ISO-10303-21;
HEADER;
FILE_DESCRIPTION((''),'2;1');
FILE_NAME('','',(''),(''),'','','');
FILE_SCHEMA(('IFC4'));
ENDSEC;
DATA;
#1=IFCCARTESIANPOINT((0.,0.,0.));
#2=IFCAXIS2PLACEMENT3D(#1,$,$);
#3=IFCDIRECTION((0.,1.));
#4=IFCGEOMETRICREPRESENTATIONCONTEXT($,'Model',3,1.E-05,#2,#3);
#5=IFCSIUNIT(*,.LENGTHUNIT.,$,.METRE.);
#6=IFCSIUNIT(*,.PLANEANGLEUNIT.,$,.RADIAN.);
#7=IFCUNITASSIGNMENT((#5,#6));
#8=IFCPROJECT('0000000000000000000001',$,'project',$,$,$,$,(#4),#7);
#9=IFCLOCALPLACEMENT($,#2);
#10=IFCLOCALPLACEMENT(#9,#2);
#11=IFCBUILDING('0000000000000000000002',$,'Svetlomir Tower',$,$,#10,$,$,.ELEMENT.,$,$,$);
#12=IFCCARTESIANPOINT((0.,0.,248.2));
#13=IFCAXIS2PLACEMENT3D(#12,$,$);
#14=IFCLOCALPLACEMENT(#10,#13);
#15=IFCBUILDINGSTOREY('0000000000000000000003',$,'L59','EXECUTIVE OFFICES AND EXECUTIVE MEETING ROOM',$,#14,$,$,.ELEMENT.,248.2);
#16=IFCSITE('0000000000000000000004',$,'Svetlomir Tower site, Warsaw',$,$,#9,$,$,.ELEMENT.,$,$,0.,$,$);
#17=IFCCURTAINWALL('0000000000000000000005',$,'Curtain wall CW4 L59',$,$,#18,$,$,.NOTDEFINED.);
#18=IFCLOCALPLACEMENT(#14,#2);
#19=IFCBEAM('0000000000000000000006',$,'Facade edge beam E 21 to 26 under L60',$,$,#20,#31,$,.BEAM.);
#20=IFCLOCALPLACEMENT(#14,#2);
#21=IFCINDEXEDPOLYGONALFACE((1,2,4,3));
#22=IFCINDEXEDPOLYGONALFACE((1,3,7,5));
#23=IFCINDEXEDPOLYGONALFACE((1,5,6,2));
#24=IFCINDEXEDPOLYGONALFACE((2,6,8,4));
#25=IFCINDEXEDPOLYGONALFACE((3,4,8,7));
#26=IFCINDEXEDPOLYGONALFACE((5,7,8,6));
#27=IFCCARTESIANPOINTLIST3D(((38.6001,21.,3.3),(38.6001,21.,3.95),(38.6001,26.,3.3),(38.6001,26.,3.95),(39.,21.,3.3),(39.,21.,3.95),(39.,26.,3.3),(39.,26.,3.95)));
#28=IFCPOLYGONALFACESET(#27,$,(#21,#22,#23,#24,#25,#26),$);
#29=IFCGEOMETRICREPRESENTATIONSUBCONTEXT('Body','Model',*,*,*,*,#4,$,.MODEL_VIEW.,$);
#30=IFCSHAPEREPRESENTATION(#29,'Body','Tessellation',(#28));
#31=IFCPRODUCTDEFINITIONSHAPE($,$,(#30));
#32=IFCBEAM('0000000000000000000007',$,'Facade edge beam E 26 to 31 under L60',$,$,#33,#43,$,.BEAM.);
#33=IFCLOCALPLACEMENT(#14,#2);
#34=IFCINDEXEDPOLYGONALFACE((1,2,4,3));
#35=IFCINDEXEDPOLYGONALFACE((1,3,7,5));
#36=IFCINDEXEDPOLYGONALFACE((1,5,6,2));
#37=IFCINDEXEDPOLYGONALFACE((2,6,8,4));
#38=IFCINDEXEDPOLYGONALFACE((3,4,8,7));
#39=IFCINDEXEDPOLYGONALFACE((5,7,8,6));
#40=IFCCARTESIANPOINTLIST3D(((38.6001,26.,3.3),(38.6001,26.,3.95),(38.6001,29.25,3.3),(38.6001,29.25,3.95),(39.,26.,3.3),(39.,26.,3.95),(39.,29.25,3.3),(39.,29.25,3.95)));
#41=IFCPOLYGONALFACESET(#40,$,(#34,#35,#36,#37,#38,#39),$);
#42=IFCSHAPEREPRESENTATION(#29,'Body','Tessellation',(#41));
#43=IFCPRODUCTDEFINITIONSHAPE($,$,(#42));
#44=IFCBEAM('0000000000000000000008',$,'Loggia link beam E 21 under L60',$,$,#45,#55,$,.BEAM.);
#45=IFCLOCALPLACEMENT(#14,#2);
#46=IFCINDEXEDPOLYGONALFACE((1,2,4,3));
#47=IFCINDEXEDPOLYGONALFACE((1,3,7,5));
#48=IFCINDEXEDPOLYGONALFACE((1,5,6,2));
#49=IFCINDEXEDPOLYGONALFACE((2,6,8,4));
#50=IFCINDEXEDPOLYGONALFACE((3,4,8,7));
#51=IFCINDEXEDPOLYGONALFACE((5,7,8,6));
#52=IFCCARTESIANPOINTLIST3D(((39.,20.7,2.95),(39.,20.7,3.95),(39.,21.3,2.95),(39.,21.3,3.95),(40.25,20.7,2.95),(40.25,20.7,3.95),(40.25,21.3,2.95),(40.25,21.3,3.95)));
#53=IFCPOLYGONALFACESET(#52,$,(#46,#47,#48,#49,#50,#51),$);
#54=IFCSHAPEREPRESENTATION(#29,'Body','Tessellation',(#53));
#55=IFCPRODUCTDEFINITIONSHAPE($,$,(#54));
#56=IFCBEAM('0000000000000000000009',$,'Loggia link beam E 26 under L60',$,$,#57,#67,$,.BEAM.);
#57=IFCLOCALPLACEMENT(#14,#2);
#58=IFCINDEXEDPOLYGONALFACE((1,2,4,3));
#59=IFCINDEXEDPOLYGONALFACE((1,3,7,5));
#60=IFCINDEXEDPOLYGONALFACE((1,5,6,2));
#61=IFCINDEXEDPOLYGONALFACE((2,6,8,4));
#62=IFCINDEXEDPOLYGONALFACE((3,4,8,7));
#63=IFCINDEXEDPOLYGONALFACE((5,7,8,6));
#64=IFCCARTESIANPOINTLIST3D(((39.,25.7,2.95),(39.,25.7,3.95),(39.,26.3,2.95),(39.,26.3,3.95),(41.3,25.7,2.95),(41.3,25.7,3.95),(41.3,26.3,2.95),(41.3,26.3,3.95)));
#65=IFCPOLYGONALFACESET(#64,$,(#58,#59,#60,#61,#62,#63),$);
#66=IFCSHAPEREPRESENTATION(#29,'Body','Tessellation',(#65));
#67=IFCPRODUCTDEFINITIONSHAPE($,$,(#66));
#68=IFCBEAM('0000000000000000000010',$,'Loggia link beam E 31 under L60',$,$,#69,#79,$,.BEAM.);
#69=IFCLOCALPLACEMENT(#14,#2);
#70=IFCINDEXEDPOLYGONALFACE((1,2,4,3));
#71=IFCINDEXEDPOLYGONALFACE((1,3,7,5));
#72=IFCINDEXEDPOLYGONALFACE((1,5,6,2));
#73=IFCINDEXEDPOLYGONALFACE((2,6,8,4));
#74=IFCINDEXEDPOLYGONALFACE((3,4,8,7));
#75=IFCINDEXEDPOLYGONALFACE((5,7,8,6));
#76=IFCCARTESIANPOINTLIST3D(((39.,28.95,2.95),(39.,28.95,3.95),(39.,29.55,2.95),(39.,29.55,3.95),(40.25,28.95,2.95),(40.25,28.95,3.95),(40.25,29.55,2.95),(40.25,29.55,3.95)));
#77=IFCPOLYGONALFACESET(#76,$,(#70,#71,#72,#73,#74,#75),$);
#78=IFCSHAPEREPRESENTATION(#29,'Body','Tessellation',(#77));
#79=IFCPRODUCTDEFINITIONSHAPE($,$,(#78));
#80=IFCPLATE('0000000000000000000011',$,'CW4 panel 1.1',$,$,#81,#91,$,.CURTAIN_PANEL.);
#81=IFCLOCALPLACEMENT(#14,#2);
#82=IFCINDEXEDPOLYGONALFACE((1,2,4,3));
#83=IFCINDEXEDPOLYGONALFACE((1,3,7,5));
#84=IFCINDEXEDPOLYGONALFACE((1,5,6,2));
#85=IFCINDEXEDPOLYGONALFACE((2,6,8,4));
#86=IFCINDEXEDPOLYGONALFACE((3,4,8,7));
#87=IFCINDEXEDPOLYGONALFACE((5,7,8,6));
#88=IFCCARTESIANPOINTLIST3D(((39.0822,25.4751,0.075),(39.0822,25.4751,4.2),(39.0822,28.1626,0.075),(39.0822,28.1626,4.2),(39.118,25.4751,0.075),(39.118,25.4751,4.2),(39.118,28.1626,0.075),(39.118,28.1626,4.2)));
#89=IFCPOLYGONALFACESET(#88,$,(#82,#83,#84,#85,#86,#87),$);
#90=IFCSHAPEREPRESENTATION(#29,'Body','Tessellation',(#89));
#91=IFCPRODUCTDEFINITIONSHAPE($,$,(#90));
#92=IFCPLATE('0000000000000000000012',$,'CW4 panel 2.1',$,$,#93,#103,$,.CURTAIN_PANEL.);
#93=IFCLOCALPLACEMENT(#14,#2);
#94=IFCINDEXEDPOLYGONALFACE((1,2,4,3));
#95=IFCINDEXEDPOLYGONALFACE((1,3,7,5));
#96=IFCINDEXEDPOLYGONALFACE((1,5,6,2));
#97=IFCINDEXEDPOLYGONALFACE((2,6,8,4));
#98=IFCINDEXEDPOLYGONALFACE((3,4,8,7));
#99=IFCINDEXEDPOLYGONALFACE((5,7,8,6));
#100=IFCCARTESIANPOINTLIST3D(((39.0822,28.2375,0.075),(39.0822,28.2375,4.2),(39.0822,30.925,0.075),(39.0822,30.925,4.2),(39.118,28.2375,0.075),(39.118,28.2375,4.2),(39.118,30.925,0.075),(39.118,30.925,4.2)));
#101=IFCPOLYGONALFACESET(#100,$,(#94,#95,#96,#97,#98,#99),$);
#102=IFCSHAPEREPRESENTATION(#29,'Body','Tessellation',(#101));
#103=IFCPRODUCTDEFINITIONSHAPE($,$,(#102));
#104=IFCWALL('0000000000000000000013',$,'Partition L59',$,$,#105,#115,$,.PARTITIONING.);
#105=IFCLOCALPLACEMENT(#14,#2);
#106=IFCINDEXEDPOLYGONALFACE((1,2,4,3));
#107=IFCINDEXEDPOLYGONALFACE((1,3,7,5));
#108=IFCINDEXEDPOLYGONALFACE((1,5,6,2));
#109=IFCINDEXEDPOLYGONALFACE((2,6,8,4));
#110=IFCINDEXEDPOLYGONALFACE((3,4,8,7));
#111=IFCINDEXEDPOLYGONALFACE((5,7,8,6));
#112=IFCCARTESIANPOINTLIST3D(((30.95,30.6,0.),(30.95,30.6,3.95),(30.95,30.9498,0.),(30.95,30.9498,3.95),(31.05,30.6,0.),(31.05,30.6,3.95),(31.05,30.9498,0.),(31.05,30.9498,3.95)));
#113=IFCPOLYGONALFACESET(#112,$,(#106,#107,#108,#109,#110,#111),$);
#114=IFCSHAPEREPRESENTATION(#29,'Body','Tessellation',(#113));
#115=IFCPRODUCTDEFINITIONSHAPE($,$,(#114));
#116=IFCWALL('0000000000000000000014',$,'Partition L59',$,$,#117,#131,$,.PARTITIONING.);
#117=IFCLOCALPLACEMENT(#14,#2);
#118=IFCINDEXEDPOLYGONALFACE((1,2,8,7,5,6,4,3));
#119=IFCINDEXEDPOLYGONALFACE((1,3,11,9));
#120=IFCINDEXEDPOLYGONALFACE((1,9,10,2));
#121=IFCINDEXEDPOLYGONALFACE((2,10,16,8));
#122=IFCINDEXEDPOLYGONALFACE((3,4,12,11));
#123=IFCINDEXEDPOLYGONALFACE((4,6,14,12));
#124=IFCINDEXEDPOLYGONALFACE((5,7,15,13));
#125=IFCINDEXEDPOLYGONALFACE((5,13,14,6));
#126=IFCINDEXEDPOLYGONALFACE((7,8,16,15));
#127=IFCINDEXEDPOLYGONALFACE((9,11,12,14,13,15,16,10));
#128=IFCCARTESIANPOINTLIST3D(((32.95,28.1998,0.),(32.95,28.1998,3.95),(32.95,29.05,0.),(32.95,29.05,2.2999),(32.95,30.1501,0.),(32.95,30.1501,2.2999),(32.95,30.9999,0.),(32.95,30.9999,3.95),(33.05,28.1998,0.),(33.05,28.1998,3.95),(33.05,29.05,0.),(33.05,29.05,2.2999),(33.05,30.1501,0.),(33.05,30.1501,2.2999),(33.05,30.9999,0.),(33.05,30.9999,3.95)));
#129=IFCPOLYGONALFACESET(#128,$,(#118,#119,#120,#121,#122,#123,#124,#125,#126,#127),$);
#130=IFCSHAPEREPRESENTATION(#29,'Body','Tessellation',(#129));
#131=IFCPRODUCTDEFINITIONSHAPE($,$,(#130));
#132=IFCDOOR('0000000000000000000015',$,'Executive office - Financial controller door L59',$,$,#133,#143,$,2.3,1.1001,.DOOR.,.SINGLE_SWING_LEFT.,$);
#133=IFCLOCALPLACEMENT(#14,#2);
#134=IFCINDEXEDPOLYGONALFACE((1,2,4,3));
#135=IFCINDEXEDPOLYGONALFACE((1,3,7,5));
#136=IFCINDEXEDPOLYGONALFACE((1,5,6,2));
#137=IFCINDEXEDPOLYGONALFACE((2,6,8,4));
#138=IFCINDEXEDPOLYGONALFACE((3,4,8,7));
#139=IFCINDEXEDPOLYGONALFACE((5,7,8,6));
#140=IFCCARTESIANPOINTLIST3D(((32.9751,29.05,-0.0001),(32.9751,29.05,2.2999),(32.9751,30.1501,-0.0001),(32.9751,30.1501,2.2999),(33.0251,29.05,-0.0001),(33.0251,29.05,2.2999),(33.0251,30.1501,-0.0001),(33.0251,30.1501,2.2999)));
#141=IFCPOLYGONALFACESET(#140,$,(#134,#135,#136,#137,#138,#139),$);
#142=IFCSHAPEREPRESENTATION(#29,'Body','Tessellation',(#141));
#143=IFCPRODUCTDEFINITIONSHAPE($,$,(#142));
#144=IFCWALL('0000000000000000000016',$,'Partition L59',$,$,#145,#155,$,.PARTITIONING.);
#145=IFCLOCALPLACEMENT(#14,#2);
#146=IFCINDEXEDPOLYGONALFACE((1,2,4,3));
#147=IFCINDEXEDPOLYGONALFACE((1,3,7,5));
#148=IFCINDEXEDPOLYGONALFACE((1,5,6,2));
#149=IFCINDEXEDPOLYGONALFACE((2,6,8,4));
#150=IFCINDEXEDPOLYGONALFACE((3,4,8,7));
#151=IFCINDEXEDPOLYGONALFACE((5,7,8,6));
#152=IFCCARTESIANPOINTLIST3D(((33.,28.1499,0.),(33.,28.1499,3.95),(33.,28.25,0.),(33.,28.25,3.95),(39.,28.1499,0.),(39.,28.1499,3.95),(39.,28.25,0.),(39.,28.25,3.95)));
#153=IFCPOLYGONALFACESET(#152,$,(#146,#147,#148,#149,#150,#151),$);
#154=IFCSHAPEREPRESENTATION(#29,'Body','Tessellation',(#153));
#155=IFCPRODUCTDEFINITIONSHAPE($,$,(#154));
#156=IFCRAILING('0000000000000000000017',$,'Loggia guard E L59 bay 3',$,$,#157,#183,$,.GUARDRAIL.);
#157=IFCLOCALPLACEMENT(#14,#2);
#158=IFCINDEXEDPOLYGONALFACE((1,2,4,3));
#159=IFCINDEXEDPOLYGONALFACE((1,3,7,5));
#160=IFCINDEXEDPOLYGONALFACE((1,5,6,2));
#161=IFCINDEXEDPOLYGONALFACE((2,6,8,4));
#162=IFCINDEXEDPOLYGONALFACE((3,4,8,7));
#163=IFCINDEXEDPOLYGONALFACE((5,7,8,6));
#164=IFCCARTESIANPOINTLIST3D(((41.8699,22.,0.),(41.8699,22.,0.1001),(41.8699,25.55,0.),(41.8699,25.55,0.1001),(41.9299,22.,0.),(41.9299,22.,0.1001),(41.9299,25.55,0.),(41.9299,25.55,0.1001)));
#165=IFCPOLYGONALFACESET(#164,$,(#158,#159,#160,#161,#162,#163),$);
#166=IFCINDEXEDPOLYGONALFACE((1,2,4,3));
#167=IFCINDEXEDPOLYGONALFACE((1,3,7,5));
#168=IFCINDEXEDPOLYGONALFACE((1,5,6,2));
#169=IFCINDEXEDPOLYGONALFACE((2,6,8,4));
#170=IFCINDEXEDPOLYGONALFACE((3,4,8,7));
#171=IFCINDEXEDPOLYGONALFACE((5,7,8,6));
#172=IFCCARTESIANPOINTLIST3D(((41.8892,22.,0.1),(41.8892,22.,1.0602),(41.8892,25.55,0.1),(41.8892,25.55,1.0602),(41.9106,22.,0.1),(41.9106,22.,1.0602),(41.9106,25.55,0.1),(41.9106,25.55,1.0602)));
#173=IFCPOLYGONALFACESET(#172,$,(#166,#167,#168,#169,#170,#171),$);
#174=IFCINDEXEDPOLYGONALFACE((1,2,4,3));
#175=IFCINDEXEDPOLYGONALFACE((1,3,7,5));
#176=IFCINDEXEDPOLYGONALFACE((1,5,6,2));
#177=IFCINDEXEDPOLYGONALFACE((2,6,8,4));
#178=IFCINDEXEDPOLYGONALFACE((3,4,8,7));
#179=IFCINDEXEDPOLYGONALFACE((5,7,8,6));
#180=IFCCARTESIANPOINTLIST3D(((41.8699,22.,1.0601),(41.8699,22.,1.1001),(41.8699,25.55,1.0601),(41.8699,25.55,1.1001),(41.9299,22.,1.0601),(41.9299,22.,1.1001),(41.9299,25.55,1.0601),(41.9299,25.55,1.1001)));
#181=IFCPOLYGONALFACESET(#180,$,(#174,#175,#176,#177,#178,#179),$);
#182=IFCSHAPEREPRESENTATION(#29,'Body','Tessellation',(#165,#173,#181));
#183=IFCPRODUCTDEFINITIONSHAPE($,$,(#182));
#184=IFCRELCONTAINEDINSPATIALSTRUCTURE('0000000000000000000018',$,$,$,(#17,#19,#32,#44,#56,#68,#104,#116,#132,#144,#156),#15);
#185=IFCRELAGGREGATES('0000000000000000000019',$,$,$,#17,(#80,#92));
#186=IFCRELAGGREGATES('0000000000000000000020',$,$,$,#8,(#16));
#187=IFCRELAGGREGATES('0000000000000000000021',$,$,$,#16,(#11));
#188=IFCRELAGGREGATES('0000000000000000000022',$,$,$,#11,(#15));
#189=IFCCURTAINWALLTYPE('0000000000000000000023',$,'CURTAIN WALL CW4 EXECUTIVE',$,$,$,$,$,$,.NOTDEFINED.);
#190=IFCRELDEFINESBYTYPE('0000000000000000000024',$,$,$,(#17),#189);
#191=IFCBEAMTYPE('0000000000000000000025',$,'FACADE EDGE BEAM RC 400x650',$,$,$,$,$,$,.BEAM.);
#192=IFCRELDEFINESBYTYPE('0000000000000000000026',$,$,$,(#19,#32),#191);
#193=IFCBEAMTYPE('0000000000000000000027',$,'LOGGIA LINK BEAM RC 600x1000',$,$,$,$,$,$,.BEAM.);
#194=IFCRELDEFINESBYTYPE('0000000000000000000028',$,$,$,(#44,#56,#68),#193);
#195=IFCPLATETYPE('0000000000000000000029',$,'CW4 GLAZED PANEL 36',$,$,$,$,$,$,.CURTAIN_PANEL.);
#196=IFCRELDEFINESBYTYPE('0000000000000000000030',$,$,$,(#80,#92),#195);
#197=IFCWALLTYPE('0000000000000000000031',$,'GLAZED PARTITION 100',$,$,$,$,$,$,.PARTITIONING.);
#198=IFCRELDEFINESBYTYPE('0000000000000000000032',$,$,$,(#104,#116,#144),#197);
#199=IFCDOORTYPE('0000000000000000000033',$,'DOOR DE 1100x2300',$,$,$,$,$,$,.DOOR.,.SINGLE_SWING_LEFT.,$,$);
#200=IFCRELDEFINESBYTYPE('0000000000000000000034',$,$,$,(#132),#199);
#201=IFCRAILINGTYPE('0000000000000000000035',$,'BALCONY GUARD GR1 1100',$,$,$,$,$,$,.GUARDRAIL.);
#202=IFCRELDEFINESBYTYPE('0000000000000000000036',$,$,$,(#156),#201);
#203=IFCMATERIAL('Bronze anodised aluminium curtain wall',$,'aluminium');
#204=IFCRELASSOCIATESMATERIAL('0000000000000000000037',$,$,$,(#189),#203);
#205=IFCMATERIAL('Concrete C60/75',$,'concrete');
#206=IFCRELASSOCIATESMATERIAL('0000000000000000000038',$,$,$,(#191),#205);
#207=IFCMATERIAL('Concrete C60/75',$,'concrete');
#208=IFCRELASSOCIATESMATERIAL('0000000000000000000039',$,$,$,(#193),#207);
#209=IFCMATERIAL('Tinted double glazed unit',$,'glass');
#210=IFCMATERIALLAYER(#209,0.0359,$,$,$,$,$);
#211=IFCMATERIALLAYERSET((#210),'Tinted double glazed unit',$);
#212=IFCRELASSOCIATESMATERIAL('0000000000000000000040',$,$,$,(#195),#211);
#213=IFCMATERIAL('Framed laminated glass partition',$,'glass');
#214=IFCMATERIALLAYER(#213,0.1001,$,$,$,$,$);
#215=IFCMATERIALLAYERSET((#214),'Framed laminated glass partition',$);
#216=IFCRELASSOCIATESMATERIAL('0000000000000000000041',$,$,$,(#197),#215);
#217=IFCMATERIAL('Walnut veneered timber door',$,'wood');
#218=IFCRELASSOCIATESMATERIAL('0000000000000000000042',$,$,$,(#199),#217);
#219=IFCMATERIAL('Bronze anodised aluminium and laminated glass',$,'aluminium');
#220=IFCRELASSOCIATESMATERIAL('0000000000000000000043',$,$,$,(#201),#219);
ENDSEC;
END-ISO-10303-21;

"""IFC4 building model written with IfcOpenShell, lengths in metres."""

from ifc_helpers import new_model, si_unit, direction, frame, frame_2d, origin, origin_2d, place, context, subcontext, project, spatial, rectangle, extrude, material, layer, layer_set, material_profile, profile_set, type_object, element, fill, aggregate, save


model = new_model("IFC4")

# Units and contexts
model_context = context("Model", 3, precision=1e-05, world=origin(), true_north=direction((0.0, 1.0)))
body_context = subcontext(model_context, "Body", "Model", "MODEL_VIEW")
ifc_project = project(units=[si_unit("LENGTHUNIT", "METRE"), si_unit("PLANEANGLEUNIT", "RADIAN")], contexts=[model_context])

# Site, building, storey
site_placement = place(None, origin())
site = spatial("IfcSite", under=ifc_project, at=site_placement, Name="Svetlomir Tower site, Warsaw", CompositionType="ELEMENT", RefElevation=0.0)
building_placement = place(site_placement, origin())
building = spatial("IfcBuilding", under=site, at=building_placement, Name="Svetlomir Tower", CompositionType="ELEMENT")
storey_placement = place(building_placement, frame((0.0, 0.0, 248.2)))
storey = spatial("IfcBuildingStorey", under=building, at=storey_placement, Name="L59", Description="EXECUTIVE OFFICES AND EXECUTIVE MEETING ROOM", CompositionType="ELEMENT", Elevation=248.2)

# Curtain wall
ifc_material_1 = material(Name="Bronze anodised aluminium curtain wall", Category="aluminium")
curtain_wall_type = type_object("IfcCurtainWallType", Name="CURTAIN WALL CW4 EXECUTIVE", PredefinedType="NOTDEFINED", material=ifc_material_1)
curtain_wall_1_placement = place(storey_placement, origin())
curtain_wall_1 = element("IfcCurtainWall", 1, at=curtain_wall_1_placement, inside=storey, type_object=curtain_wall_type, Name="Curtain wall CW4 L59", PredefinedType="NOTDEFINED")

# Beams
ifc_material_2 = material(Name="Concrete C60/75", Category="concrete")
ifc_material_profile_1 = material_profile(ifc_material_2, rectangle(XDim=0.3999, YDim=0.6499, at=origin_2d()), Name="RC 400x650")
ifc_profile_set_1 = profile_set([ifc_material_profile_1], Name="Concrete C60/75")
beam_type_1 = type_object("IfcBeamType", Name="FACADE EDGE BEAM RC 400x650", PredefinedType="BEAM", material=ifc_profile_set_1)
beam_1_placement = place(storey_placement, frame((38.8, 21.0, 3.625), z_axis=(0.0, 1.0, 0.0), x_axis=(-1.0, 0.0, 0.0)))
element("IfcBeam", 2, at=beam_1_placement, inside=storey, type_object=beam_type_1, Name="Facade edge beam E 21 to 26 under L60", PredefinedType="BEAM", context=body_context, shape_type="SweptSolid", body=[
    extrude(rectangle(XDim=0.3999, YDim=0.6499, at=origin_2d()), origin(), (0.0, 0.0, 1.0), 5.0),
])
beam_2_placement = place(storey_placement, frame((38.8, 26.0, 3.625), z_axis=(0.0, 1.0, 0.0), x_axis=(-1.0, 0.0, 0.0)))
element("IfcBeam", 3, at=beam_2_placement, inside=storey, type_object=beam_type_1, Name="Facade edge beam E 26 to 31 under L60", PredefinedType="BEAM", context=body_context, shape_type="SweptSolid", body=[
    extrude(rectangle(XDim=0.3999, YDim=0.6499, at=origin_2d()), origin(), (0.0, 0.0, 1.0), 3.25),
])
ifc_material_3 = material(Name="Concrete C60/75", Category="concrete")
ifc_material_profile_2 = material_profile(ifc_material_3, rectangle(XDim=0.6001, YDim=1.0, at=origin_2d()), Name="RC 600x1000")
ifc_profile_set_2 = profile_set([ifc_material_profile_2], Name="Concrete C60/75")
beam_type_2 = type_object("IfcBeamType", Name="LOGGIA LINK BEAM RC 600x1000", PredefinedType="BEAM", material=ifc_profile_set_2)
beam_3_placement = place(storey_placement, frame((40.25, 21.0, 3.45), z_axis=(-1.0, 0.0, 0.0), x_axis=(0.0, -1.0, 0.0)))
element("IfcBeam", 4, at=beam_3_placement, inside=storey, type_object=beam_type_2, Name="Loggia link beam E 21 under L60", PredefinedType="BEAM", context=body_context, shape_type="SweptSolid", body=[
    extrude(rectangle(XDim=0.6001, YDim=1.0, at=origin_2d()), origin(), (0.0, 0.0, 1.0), 1.25),
])
beam_4_placement = place(storey_placement, frame((41.3, 26.0, 3.45), z_axis=(-1.0, 0.0, 0.0), x_axis=(0.0, -1.0, 0.0)))
element("IfcBeam", 5, at=beam_4_placement, inside=storey, type_object=beam_type_2, Name="Loggia link beam E 26 under L60", PredefinedType="BEAM", context=body_context, shape_type="SweptSolid", body=[
    extrude(rectangle(XDim=0.6001, YDim=1.0, at=origin_2d()), origin(), (0.0, 0.0, 1.0), 2.3),
])
beam_5_placement = place(storey_placement, frame((40.25, 29.25, 3.45), z_axis=(-1.0, 0.0, 0.0), x_axis=(0.0, -1.0, 0.0)))
element("IfcBeam", 6, at=beam_5_placement, inside=storey, type_object=beam_type_2, Name="Loggia link beam E 31 under L60", PredefinedType="BEAM", context=body_context, shape_type="SweptSolid", body=[
    extrude(rectangle(XDim=0.6001, YDim=1.0, at=origin_2d()), origin(), (0.0, 0.0, 1.0), 1.25),
])

# Plates
ifc_material_4 = material(Name="Tinted double glazed unit", Category="glass")
ifc_layer_1 = layer(ifc_material_4, 0.0359)
ifc_layer_set_1 = layer_set([ifc_layer_1], Name="Tinted double glazed unit")
plate_type = type_object("IfcPlateType", Name="CW4 GLAZED PANEL 36", PredefinedType="CURTAIN_PANEL", material=ifc_layer_set_1)
plate_1_placement = place(storey_placement, frame((39.1001, 26.8188, 0.075), z_axis=(0.0, 0.0, 1.0), x_axis=(0.0, 1.0, 0.0)))
plate_1 = element("IfcPlate", 7, at=plate_1_placement, type_object=plate_type, Name="CW4 panel 1.1", PredefinedType="CURTAIN_PANEL", context=body_context, shape_type="SweptSolid", body=[
    extrude(rectangle(XDim=2.6875, YDim=0.0359, at=origin_2d()), origin(), (0.0, 0.0, 1.0), 4.125),
])
plate_2_placement = place(storey_placement, frame((39.1001, 29.5813, 0.075), z_axis=(0.0, 0.0, 1.0), x_axis=(0.0, 1.0, 0.0)))
plate_2 = element("IfcPlate", 8, at=plate_2_placement, type_object=plate_type, Name="CW4 panel 2.1", PredefinedType="CURTAIN_PANEL", context=body_context, shape_type="SweptSolid", body=[
    extrude(rectangle(XDim=2.6875, YDim=0.0359, at=origin_2d()), origin(), (0.0, 0.0, 1.0), 4.125),
])
aggregate(curtain_wall_1, [plate_1, plate_2])

# Wall
ifc_material_5 = material(Name="Framed laminated glass partition", Category="glass")
ifc_layer_2 = layer(ifc_material_5, 0.1001)
ifc_layer_set_2 = layer_set([ifc_layer_2], Name="Framed laminated glass partition")
wall_type_1 = type_object("IfcWallType", Name="GLAZED PARTITION 100", PredefinedType="PARTITIONING", material=ifc_layer_set_2)
wall_1_placement = place(storey_placement, frame((31.0, 30.6001, 0.0), z_axis=(0.0, 0.0, 1.0), x_axis=(0.0, 1.0, 0.0)))
element("IfcWall", 9, at=wall_1_placement, inside=storey, type_object=wall_type_1, Name="Partition L59", PredefinedType="PARTITIONING", context=body_context, shape_type="SweptSolid", body=[
    extrude(rectangle(XDim=0.3499, YDim=0.1001, at=frame_2d((0.1748, 0.0))), origin(), (0.0, 0.0, 1.0), 3.95),
])

# Wall, opening, door
wall_2_placement = place(storey_placement, frame((33.0, 28.2, 0.0), z_axis=(0.0, 0.0, 1.0), x_axis=(0.0, 1.0, 0.0)))
wall_2 = element("IfcWall", 10, at=wall_2_placement, inside=storey, type_object=wall_type_1, Name="Partition L59", PredefinedType="PARTITIONING", context=body_context, shape_type="SweptSolid", body=[
    extrude(rectangle(XDim=2.8, YDim=0.1001, at=frame_2d((1.3999, 0.0))), origin(), (0.0, 0.0, 1.0), 3.95),
])
opening_1_placement = place(wall_2_placement, frame((0.8501, 0.0, 0.0)))
opening_1 = element("IfcOpeningElement", 11, at=opening_1_placement, cuts=wall_2, PredefinedType="OPENING", context=body_context, shape_type="SweptSolid", body=[
    extrude(rectangle(XDim=1.1001, YDim=2.3, at=frame_2d((0.55, 1.1499))), frame((0.0, 0.0601, 0.0), z_axis=(0.0, -1.0, 0.0), x_axis=(1.0, 0.0, 0.0)), (0.0, 0.0, 1.0), 0.1201),
])
ifc_material_6 = material(Name="Walnut veneered timber door", Category="wood")
door_type_1 = type_object("IfcDoorType", Name="DOOR DE 1100x2300", OperationType="SINGLE_SWING_LEFT", PredefinedType="DOOR", material=ifc_material_6)
door_1_placement = place(opening_1_placement, origin())
door_1 = element("IfcDoor", 12, at=door_1_placement, inside=storey, type_object=door_type_1, Name="Executive office - Financial controller door L59", OperationType="SINGLE_SWING_LEFT", OverallHeight=2.3, OverallWidth=1.1001, PredefinedType="DOOR", context=body_context, shape_type="SweptSolid", body=[
    extrude(rectangle(XDim=1.1001, YDim=2.3, at=frame_2d((0.55, 1.1499))), frame((0.0, 0.0249, 0.0), z_axis=(0.0, -1.0, 0.0), x_axis=(1.0, 0.0, 0.0)), (0.0, 0.0, 1.0), 0.05),
])
fill(opening_1, door_1)

# Wall
wall_3_placement = place(storey_placement, frame((33.0, 28.2, 0.0), z_axis=(0.0, 0.0, 1.0), x_axis=(1.0, 0.0, 0.0)))
element("IfcWall", 13, at=wall_3_placement, inside=storey, type_object=wall_type_1, Name="Partition L59", PredefinedType="PARTITIONING", context=body_context, shape_type="SweptSolid", body=[
    extrude(rectangle(XDim=6.0, YDim=0.1001, at=frame_2d((3.0, 0.0))), origin(), (0.0, 0.0, 1.0), 3.95),
])

# Railing
ifc_material_7 = material(Name="Bronze anodised aluminium and laminated glass", Category="aluminium")
railing_type = type_object("IfcRailingType", Name="BALCONY GUARD GR1 1100", PredefinedType="GUARDRAIL", material=ifc_material_7)
for number, where, name in (
    (14, (41.8999, 22.0, 0.0), "Loggia guard E L59 bay 3"),
):
    element("IfcRailing", number, at=place(storey_placement, frame(where)), inside=storey, type_object=railing_type, Name=name, PredefinedType="GUARDRAIL", context=body_context, shape_type="SweptSolid", body=[
        extrude(rectangle(XDim=0.0601, YDim=0.1001, at=origin_2d()), frame((0.0, 0.0, 0.05), z_axis=(0.0, 1.0, 0.0), x_axis=(-1.0, 0.0, 0.0)), (0.0, 0.0, 1.0), 3.55),
        extrude(rectangle(XDim=0.0215, YDim=0.9602, at=origin_2d()), frame((0.0, 0.0, 0.5801), z_axis=(0.0, 1.0, 0.0), x_axis=(-1.0, 0.0, 0.0)), (0.0, 0.0, 1.0), 3.55),
        extrude(rectangle(XDim=0.0601, YDim=0.04, at=origin_2d()), frame((0.0, 0.0, 1.0801), z_axis=(0.0, 1.0, 0.0), x_axis=(-1.0, 0.0, 0.0)), (0.0, 0.0, 1.0), 3.55),
    ])

save(model, "model.ifc")
